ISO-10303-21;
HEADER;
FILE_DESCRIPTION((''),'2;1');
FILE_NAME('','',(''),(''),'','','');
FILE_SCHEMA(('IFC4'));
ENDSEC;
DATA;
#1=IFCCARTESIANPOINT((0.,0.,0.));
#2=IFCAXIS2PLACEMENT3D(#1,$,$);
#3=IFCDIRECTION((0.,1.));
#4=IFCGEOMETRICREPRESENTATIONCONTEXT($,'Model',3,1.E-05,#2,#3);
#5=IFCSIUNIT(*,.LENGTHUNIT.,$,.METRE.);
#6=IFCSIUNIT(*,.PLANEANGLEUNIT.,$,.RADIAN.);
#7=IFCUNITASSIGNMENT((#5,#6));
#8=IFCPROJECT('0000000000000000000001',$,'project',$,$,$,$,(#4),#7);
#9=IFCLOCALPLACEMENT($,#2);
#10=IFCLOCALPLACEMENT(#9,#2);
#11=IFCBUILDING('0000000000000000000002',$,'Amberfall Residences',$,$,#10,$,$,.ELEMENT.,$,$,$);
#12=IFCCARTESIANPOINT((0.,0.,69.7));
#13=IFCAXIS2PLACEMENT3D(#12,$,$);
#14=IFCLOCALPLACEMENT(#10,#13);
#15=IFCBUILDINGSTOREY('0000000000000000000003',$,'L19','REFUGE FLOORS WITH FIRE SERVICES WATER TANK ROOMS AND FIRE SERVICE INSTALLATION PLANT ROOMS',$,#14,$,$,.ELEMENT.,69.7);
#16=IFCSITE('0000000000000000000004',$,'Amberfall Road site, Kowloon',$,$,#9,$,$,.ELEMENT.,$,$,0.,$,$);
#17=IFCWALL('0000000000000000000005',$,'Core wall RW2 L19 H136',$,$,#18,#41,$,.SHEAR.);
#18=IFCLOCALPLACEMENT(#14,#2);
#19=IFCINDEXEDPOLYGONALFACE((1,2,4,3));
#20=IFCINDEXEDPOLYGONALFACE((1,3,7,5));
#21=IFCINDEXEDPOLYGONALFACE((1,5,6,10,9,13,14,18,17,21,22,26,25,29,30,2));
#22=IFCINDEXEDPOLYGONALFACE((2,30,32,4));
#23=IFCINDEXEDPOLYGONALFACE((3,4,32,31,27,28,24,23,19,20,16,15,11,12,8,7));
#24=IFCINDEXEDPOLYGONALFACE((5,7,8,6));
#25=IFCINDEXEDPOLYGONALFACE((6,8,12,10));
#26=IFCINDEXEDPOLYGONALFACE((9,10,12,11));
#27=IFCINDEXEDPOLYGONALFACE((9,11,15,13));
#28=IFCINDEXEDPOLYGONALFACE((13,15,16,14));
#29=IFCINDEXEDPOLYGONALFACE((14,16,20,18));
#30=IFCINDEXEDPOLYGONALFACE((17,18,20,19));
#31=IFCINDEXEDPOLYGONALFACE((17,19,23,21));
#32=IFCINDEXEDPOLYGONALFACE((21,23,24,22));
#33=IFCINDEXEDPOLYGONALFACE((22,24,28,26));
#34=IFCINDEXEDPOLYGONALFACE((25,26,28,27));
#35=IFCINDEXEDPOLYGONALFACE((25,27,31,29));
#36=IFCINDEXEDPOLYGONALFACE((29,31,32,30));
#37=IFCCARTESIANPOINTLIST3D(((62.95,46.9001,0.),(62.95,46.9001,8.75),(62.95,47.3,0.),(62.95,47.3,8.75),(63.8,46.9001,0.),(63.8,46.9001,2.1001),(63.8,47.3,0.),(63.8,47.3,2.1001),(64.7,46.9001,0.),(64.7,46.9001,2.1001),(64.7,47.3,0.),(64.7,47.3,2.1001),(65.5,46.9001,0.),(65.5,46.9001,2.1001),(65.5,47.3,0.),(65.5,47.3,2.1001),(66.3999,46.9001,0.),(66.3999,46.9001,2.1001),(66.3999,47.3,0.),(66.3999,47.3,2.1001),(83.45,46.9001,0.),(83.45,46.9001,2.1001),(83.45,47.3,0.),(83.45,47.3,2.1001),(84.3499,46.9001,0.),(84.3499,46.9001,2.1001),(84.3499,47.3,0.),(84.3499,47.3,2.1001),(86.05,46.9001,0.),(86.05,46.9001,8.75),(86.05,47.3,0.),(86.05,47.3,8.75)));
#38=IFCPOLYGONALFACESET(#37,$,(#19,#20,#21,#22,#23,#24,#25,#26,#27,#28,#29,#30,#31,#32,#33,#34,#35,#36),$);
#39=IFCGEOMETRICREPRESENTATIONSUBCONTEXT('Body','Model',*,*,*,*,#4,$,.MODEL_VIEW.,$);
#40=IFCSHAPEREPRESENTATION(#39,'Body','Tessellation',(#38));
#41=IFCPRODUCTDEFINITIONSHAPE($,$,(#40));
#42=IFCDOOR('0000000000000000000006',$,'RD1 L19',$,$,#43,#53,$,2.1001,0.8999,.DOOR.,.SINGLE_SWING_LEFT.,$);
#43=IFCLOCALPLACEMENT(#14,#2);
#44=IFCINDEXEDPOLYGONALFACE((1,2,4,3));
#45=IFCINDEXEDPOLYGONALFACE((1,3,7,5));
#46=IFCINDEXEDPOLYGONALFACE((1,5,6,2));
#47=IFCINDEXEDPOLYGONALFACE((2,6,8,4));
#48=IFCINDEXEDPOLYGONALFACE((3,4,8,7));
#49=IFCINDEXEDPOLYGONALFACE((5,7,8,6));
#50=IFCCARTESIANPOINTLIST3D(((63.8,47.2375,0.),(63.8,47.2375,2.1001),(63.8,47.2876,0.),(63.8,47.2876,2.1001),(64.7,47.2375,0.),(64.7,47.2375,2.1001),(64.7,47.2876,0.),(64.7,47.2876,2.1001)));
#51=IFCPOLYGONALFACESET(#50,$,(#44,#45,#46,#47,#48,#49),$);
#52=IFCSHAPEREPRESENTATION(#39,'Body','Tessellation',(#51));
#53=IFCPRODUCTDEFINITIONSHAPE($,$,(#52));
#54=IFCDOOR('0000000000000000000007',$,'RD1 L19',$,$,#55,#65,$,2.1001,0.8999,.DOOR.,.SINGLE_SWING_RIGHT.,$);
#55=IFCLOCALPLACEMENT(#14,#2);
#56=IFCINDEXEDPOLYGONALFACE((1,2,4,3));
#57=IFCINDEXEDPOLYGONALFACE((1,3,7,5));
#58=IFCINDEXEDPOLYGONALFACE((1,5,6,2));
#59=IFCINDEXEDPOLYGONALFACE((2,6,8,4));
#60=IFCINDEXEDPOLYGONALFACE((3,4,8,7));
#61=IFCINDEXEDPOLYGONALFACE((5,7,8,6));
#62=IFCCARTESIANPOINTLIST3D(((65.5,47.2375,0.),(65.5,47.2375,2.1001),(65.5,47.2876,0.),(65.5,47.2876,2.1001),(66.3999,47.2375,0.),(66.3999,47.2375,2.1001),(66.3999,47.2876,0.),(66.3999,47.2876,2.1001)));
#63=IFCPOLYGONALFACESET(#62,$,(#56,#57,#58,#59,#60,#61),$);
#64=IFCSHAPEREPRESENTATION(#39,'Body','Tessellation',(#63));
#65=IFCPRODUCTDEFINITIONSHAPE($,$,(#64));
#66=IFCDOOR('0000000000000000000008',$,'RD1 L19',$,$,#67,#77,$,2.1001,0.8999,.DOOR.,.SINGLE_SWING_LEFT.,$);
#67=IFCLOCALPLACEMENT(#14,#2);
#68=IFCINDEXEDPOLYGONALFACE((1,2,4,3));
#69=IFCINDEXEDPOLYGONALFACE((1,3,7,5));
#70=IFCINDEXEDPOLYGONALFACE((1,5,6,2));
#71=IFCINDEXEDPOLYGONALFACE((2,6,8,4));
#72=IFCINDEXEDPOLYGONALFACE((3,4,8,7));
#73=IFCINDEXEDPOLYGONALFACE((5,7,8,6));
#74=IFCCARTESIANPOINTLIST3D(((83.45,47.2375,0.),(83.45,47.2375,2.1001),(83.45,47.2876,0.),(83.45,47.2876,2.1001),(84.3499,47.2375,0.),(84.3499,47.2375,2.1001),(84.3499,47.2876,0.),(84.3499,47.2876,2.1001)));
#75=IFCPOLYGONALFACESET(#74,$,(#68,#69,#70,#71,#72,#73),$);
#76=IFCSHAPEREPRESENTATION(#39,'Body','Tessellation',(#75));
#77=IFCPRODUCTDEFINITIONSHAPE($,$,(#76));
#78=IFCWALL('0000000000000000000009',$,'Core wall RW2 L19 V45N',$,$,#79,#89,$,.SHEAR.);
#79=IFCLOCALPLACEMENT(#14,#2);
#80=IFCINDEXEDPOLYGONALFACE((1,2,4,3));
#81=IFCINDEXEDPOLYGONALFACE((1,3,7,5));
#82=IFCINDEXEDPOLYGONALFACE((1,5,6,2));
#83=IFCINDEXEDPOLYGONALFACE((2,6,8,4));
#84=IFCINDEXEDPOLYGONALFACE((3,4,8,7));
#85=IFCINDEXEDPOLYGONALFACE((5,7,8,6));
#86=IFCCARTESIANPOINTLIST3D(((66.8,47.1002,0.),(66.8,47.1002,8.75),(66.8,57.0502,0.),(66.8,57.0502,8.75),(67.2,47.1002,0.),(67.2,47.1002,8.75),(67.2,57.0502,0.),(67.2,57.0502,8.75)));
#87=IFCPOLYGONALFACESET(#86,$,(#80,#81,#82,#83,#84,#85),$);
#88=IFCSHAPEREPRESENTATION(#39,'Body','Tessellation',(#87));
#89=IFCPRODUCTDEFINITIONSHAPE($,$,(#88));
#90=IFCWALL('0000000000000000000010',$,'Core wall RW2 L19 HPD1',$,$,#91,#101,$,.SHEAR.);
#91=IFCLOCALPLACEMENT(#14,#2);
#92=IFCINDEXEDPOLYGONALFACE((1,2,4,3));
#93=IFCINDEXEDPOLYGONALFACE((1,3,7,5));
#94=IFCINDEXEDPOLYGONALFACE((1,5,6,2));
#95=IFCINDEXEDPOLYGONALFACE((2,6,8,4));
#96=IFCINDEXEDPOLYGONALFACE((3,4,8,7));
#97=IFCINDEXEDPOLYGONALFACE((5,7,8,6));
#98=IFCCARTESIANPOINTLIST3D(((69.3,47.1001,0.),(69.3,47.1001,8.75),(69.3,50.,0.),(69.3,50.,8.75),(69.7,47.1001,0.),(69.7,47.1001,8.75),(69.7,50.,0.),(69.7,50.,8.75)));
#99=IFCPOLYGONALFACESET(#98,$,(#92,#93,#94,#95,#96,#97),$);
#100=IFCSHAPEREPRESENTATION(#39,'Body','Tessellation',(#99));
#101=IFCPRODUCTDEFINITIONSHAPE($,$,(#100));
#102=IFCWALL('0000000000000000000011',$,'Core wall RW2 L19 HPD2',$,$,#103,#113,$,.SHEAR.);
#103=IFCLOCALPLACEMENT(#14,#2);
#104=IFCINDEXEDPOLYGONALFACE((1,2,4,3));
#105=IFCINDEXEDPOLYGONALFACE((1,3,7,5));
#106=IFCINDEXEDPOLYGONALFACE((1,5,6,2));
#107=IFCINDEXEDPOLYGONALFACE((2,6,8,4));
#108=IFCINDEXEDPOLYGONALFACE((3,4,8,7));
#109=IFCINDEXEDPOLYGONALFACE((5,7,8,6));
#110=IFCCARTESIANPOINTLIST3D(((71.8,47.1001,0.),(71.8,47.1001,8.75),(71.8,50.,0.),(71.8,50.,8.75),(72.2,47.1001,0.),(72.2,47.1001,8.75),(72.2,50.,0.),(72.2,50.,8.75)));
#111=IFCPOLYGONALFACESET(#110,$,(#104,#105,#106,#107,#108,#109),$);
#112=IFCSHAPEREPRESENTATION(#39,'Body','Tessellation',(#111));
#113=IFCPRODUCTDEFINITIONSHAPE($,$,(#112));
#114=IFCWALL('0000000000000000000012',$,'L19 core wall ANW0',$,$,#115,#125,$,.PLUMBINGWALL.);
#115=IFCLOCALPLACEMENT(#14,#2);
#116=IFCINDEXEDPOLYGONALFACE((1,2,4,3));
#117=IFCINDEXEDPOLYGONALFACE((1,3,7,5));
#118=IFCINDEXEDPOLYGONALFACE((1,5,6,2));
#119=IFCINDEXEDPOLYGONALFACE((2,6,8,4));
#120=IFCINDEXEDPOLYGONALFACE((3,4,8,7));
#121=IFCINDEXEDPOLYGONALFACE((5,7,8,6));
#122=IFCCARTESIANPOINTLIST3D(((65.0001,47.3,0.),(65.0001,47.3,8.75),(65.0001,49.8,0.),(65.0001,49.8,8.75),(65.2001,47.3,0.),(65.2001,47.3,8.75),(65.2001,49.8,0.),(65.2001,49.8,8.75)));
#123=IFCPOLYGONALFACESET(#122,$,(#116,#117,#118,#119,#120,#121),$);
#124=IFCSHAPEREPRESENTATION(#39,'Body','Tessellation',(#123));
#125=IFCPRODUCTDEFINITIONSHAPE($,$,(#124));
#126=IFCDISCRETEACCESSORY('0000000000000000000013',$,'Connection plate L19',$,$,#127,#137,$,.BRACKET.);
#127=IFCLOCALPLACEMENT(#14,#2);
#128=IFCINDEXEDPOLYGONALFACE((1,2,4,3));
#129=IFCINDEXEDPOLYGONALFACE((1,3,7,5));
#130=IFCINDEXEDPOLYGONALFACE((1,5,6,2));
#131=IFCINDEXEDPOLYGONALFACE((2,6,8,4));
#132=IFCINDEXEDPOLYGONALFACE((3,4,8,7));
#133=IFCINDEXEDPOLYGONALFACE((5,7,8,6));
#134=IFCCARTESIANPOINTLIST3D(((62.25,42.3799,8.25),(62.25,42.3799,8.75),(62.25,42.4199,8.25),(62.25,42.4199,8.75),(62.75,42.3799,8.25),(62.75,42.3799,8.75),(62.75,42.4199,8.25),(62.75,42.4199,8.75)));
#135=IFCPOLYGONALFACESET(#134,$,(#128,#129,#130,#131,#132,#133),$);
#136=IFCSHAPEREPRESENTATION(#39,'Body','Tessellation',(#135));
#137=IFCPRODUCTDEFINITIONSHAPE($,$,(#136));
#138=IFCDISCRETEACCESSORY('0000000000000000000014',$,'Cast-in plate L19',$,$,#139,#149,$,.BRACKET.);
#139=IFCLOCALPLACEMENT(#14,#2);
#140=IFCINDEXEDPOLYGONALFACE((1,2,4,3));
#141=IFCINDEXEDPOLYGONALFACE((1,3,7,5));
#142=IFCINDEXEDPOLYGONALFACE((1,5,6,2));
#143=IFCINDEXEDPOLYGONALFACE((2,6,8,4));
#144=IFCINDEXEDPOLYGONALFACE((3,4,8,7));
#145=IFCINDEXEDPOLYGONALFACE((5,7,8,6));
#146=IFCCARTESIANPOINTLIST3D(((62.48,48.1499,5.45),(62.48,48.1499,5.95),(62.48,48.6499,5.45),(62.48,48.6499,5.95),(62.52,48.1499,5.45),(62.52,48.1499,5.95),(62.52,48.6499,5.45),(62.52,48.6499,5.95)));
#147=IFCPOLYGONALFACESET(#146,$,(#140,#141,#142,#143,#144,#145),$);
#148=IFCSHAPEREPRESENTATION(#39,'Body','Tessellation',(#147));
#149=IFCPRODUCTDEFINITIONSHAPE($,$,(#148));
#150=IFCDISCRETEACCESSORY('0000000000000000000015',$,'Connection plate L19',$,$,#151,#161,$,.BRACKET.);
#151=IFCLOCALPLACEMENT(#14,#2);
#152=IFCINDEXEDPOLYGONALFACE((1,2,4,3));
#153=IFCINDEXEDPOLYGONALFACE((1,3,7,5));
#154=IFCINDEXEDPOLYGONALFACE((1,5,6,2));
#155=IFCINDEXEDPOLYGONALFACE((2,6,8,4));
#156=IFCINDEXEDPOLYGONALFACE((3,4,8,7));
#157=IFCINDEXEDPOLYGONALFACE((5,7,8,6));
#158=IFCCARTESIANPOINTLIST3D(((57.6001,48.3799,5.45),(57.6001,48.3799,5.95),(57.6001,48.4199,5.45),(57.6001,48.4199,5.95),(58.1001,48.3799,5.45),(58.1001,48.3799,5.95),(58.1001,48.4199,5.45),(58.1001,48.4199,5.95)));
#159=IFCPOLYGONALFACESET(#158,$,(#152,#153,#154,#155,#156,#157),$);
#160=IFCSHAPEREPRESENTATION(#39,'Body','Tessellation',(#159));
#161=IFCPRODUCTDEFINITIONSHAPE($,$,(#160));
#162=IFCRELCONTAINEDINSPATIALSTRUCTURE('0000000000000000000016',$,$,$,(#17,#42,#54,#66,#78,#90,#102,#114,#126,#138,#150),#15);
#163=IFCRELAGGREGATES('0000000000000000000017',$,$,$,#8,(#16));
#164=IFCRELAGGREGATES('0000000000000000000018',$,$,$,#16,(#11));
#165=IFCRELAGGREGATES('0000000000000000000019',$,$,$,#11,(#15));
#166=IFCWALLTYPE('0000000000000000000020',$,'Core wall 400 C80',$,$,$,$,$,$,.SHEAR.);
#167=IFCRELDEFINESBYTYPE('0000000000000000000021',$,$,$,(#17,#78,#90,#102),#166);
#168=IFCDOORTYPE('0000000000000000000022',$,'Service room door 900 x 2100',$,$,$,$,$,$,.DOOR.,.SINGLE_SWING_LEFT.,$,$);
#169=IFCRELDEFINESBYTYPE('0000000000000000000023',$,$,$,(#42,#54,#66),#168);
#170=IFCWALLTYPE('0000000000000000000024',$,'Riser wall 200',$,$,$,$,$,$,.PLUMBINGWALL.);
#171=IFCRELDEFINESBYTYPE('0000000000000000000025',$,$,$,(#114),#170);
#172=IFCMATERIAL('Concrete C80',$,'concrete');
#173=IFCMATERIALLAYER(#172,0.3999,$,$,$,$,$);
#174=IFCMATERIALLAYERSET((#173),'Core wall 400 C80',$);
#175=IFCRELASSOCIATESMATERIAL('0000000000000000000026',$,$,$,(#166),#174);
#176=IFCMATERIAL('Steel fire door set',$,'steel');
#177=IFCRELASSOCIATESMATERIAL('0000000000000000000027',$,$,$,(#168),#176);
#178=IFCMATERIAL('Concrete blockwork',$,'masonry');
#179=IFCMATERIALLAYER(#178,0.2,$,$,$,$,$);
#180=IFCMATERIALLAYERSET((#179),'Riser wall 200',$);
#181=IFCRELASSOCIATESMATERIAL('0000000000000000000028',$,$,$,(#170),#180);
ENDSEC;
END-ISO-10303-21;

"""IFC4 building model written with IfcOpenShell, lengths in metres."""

from ifc_helpers import new_model, si_unit, direction, frame, frame_2d, origin, origin_2d, place, context, subcontext, project, spatial, rectangle, extrude, material, layer, layer_set, type_object, element, fill, save


model = new_model("IFC4")

# Units and contexts
model_context = context("Model", 3, precision=1e-05, world=origin(), true_north=direction((0.0, 1.0)))
body_context = subcontext(model_context, "Body", "Model", "MODEL_VIEW")
ifc_project = project(units=[si_unit("LENGTHUNIT", "METRE"), si_unit("PLANEANGLEUNIT", "RADIAN")], contexts=[model_context])

# Site, building, storey
site_placement = place(None, origin())
site = spatial("IfcSite", under=ifc_project, at=site_placement, Name="Amberfall Road site, Kowloon", CompositionType="ELEMENT", RefElevation=0.0)
building_placement = place(site_placement, origin())
building = spatial("IfcBuilding", under=site, at=building_placement, Name="Amberfall Residences", CompositionType="ELEMENT")
storey_placement = place(building_placement, frame((0.0, 0.0, 69.7)))
storey = spatial("IfcBuildingStorey", under=building, at=storey_placement, Name="L19", Description="REFUGE FLOORS WITH FIRE SERVICES WATER TANK ROOMS AND FIRE SERVICE INSTALLATION PLANT ROOMS", CompositionType="ELEMENT", Elevation=69.7)

# Wall, openings, doors
ifc_material_1 = material(Name="Concrete C80", Category="concrete")
ifc_layer_1 = layer(ifc_material_1, 0.3999)
ifc_layer_set_1 = layer_set([ifc_layer_1], Name="Core wall 400 C80")
wall_type_1 = type_object("IfcWallType", Name="Core wall 400 C80", PredefinedType="SHEAR", material=ifc_layer_set_1)
ifc_material_2 = material(Name="Steel fire door set", Category="steel")
door_type_1 = type_object("IfcDoorType", Name="Service room door 900 x 2100", OperationType="SINGLE_SWING_LEFT", PredefinedType="DOOR", material=ifc_material_2)
wall_1_placement = place(storey_placement, frame((62.95, 47.1001, 0.0), z_axis=(0.0, 0.0, 1.0), x_axis=(1.0, 0.0, 0.0)))
wall_1 = element("IfcWall", 1, at=wall_1_placement, inside=storey, type_object=wall_type_1, Name="Core wall RW2 L19 H136", PredefinedType="SHEAR", context=body_context, shape_type="SweptSolid", body=[
    extrude(rectangle(XDim=23.1001, YDim=0.3999, at=frame_2d((11.55, 0.0))), origin(), (0.0, 0.0, 1.0), 8.75),
])
opening_1_placement = place(wall_1_placement, frame((0.8501, 0.0, 0.0)))
opening_1 = element("IfcOpeningElement", 2, at=opening_1_placement, cuts=wall_1, PredefinedType="OPENING", context=body_context, shape_type="SweptSolid", body=[
    extrude(rectangle(XDim=0.8999, YDim=2.1001, at=frame_2d((0.45, 1.05))), frame((0.0, 0.21, 0.0), z_axis=(0.0, -1.0, 0.0), x_axis=(1.0, 0.0, 0.0)), (0.0, 0.0, 1.0), 0.4199),
])
opening_2_placement = place(wall_1_placement, frame((2.55, 0.0, 0.0)))
opening_2 = element("IfcOpeningElement", 3, at=opening_2_placement, cuts=wall_1, PredefinedType="OPENING", context=body_context, shape_type="SweptSolid", body=[
    extrude(rectangle(XDim=0.8999, YDim=2.1001, at=frame_2d((0.45, 1.05))), frame((0.0, 0.21, 0.0), z_axis=(0.0, -1.0, 0.0), x_axis=(1.0, 0.0, 0.0)), (0.0, 0.0, 1.0), 0.4199),
])
opening_3_placement = place(wall_1_placement, frame((20.5, 0.0, 0.0)))
opening_3 = element("IfcOpeningElement", 4, at=opening_3_placement, cuts=wall_1, PredefinedType="OPENING", context=body_context, shape_type="SweptSolid", body=[
    extrude(rectangle(XDim=0.8999, YDim=2.1001, at=frame_2d((0.45, 1.05))), frame((0.0, 0.21, 0.0), z_axis=(0.0, -1.0, 0.0), x_axis=(1.0, 0.0, 0.0)), (0.0, 0.0, 1.0), 0.4199),
])
door_1_placement = place(opening_1_placement, origin())
door_1 = element("IfcDoor", 5, at=door_1_placement, inside=storey, type_object=door_type_1, Name="RD1 L19", OperationType="SINGLE_SWING_LEFT", OverallHeight=2.1001, OverallWidth=0.8999, PredefinedType="DOOR", context=body_context, shape_type="SweptSolid", body=[
    extrude(rectangle(XDim=0.8999, YDim=2.1001, at=frame_2d((0.45, 1.05))), frame((0.0, 0.1875, 0.0), z_axis=(0.0, -1.0, 0.0), x_axis=(1.0, 0.0, 0.0)), (0.0, 0.0, 1.0), 0.05),
])
fill(opening_1, door_1)
door_2_placement = place(opening_2_placement, origin())
door_2 = element("IfcDoor", 6, at=door_2_placement, inside=storey, type_object=door_type_1, Name="RD1 L19", OperationType="SINGLE_SWING_RIGHT", OverallHeight=2.1001, OverallWidth=0.8999, PredefinedType="DOOR", context=body_context, shape_type="SweptSolid", body=[
    extrude(rectangle(XDim=0.8999, YDim=2.1001, at=frame_2d((0.45, 1.05))), frame((0.0, 0.1875, 0.0), z_axis=(0.0, -1.0, 0.0), x_axis=(1.0, 0.0, 0.0)), (0.0, 0.0, 1.0), 0.05),
])
fill(opening_2, door_2)
door_3_placement = place(opening_3_placement, origin())
door_3 = element("IfcDoor", 7, at=door_3_placement, inside=storey, type_object=door_type_1, Name="RD1 L19", OperationType="SINGLE_SWING_LEFT", OverallHeight=2.1001, OverallWidth=0.8999, PredefinedType="DOOR", context=body_context, shape_type="SweptSolid", body=[
    extrude(rectangle(XDim=0.8999, YDim=2.1001, at=frame_2d((0.45, 1.05))), frame((0.0, 0.1875, 0.0), z_axis=(0.0, -1.0, 0.0), x_axis=(1.0, 0.0, 0.0)), (0.0, 0.0, 1.0), 0.05),
])
fill(opening_3, door_3)

# Walls
wall_2_placement = place(storey_placement, frame((67.0, 47.1001, 0.0), z_axis=(0.0, 0.0, 1.0), x_axis=(0.0, 1.0, 0.0)))
element("IfcWall", 8, at=wall_2_placement, inside=storey, type_object=wall_type_1, Name="Core wall RW2 L19 V45N", PredefinedType="SHEAR", context=body_context, shape_type="SweptSolid", body=[
    extrude(rectangle(XDim=9.95, YDim=0.3999, at=frame_2d((4.9751, 0.0))), origin(), (0.0, 0.0, 1.0), 8.75),
])
for number, where, z_axis, x_axis, name in (
    (9, (69.5, 47.1001, 0.0), (0.0, 0.0, 1.0), (0.0, 1.0, 0.0), "Core wall RW2 L19 HPD1"),
    (10, (72.0, 47.1001, 0.0), (0.0, 0.0, 1.0), (0.0, 1.0, 0.0), "Core wall RW2 L19 HPD2"),
):
    element("IfcWall", number, at=place(storey_placement, frame(where, z_axis=z_axis, x_axis=x_axis)), inside=storey, type_object=wall_type_1, Name=name, PredefinedType="SHEAR", context=body_context, shape_type="SweptSolid", body=[
        extrude(rectangle(XDim=2.8999, YDim=0.3999, at=frame_2d((1.45, 0.0))), origin(), (0.0, 0.0, 1.0), 8.75),
    ])
ifc_material_3 = material(Name="Concrete blockwork", Category="masonry")
ifc_layer_2 = layer(ifc_material_3, 0.2)
ifc_layer_set_2 = layer_set([ifc_layer_2], Name="Riser wall 200")
wall_type_2 = type_object("IfcWallType", Name="Riser wall 200", PredefinedType="PLUMBINGWALL", material=ifc_layer_set_2)
wall_3_placement = place(storey_placement, frame((65.1001, 47.3, 0.0), z_axis=(0.0, 0.0, 1.0), x_axis=(0.0, 1.0, 0.0)))
element("IfcWall", 11, at=wall_3_placement, inside=storey, type_object=wall_type_2, Name="L19 core wall ANW0", PredefinedType="PLUMBINGWALL", context=body_context, shape_type="SweptSolid", body=[
    extrude(rectangle(XDim=2.5, YDim=0.2, at=frame_2d((1.25, 0.0))), origin(), (0.0, 0.0, 1.0), 8.75),
])

# Discrete accessories
discrete_accessory_1_placement = place(storey_placement, frame((62.5, 42.3999, 8.25), z_axis=(0.0, 0.0, 1.0), x_axis=(1.0, 0.0, 0.0)))
element("IfcDiscreteAccessory", 12, at=discrete_accessory_1_placement, inside=storey, Name="Connection plate L19", PredefinedType="BRACKET", context=body_context, shape_type="SweptSolid", body=[
    extrude(rectangle(XDim=0.5, YDim=0.04, at=origin_2d()), origin(), (0.0, 0.0, 1.0), 0.5),
])
discrete_accessory_2_placement = place(storey_placement, frame((62.5, 48.3999, 5.45), z_axis=(0.0, 0.0, 1.0), x_axis=(1.0, 0.0, 0.0)))
element("IfcDiscreteAccessory", 13, at=discrete_accessory_2_placement, inside=storey, Name="Cast-in plate L19", PredefinedType="BRACKET", context=body_context, shape_type="SweptSolid", body=[
    extrude(rectangle(XDim=0.04, YDim=0.5, at=origin_2d()), origin(), (0.0, 0.0, 1.0), 0.5),
])
discrete_accessory_3_placement = place(storey_placement, frame((57.8501, 48.3999, 5.45), z_axis=(0.0, 0.0, 1.0), x_axis=(1.0, 0.0, 0.0)))
element("IfcDiscreteAccessory", 14, at=discrete_accessory_3_placement, inside=storey, Name="Connection plate L19", PredefinedType="BRACKET", context=body_context, shape_type="SweptSolid", body=[
    extrude(rectangle(XDim=0.5, YDim=0.04, at=origin_2d()), origin(), (0.0, 0.0, 1.0), 0.5),
])

save(model, "model.ifc")
